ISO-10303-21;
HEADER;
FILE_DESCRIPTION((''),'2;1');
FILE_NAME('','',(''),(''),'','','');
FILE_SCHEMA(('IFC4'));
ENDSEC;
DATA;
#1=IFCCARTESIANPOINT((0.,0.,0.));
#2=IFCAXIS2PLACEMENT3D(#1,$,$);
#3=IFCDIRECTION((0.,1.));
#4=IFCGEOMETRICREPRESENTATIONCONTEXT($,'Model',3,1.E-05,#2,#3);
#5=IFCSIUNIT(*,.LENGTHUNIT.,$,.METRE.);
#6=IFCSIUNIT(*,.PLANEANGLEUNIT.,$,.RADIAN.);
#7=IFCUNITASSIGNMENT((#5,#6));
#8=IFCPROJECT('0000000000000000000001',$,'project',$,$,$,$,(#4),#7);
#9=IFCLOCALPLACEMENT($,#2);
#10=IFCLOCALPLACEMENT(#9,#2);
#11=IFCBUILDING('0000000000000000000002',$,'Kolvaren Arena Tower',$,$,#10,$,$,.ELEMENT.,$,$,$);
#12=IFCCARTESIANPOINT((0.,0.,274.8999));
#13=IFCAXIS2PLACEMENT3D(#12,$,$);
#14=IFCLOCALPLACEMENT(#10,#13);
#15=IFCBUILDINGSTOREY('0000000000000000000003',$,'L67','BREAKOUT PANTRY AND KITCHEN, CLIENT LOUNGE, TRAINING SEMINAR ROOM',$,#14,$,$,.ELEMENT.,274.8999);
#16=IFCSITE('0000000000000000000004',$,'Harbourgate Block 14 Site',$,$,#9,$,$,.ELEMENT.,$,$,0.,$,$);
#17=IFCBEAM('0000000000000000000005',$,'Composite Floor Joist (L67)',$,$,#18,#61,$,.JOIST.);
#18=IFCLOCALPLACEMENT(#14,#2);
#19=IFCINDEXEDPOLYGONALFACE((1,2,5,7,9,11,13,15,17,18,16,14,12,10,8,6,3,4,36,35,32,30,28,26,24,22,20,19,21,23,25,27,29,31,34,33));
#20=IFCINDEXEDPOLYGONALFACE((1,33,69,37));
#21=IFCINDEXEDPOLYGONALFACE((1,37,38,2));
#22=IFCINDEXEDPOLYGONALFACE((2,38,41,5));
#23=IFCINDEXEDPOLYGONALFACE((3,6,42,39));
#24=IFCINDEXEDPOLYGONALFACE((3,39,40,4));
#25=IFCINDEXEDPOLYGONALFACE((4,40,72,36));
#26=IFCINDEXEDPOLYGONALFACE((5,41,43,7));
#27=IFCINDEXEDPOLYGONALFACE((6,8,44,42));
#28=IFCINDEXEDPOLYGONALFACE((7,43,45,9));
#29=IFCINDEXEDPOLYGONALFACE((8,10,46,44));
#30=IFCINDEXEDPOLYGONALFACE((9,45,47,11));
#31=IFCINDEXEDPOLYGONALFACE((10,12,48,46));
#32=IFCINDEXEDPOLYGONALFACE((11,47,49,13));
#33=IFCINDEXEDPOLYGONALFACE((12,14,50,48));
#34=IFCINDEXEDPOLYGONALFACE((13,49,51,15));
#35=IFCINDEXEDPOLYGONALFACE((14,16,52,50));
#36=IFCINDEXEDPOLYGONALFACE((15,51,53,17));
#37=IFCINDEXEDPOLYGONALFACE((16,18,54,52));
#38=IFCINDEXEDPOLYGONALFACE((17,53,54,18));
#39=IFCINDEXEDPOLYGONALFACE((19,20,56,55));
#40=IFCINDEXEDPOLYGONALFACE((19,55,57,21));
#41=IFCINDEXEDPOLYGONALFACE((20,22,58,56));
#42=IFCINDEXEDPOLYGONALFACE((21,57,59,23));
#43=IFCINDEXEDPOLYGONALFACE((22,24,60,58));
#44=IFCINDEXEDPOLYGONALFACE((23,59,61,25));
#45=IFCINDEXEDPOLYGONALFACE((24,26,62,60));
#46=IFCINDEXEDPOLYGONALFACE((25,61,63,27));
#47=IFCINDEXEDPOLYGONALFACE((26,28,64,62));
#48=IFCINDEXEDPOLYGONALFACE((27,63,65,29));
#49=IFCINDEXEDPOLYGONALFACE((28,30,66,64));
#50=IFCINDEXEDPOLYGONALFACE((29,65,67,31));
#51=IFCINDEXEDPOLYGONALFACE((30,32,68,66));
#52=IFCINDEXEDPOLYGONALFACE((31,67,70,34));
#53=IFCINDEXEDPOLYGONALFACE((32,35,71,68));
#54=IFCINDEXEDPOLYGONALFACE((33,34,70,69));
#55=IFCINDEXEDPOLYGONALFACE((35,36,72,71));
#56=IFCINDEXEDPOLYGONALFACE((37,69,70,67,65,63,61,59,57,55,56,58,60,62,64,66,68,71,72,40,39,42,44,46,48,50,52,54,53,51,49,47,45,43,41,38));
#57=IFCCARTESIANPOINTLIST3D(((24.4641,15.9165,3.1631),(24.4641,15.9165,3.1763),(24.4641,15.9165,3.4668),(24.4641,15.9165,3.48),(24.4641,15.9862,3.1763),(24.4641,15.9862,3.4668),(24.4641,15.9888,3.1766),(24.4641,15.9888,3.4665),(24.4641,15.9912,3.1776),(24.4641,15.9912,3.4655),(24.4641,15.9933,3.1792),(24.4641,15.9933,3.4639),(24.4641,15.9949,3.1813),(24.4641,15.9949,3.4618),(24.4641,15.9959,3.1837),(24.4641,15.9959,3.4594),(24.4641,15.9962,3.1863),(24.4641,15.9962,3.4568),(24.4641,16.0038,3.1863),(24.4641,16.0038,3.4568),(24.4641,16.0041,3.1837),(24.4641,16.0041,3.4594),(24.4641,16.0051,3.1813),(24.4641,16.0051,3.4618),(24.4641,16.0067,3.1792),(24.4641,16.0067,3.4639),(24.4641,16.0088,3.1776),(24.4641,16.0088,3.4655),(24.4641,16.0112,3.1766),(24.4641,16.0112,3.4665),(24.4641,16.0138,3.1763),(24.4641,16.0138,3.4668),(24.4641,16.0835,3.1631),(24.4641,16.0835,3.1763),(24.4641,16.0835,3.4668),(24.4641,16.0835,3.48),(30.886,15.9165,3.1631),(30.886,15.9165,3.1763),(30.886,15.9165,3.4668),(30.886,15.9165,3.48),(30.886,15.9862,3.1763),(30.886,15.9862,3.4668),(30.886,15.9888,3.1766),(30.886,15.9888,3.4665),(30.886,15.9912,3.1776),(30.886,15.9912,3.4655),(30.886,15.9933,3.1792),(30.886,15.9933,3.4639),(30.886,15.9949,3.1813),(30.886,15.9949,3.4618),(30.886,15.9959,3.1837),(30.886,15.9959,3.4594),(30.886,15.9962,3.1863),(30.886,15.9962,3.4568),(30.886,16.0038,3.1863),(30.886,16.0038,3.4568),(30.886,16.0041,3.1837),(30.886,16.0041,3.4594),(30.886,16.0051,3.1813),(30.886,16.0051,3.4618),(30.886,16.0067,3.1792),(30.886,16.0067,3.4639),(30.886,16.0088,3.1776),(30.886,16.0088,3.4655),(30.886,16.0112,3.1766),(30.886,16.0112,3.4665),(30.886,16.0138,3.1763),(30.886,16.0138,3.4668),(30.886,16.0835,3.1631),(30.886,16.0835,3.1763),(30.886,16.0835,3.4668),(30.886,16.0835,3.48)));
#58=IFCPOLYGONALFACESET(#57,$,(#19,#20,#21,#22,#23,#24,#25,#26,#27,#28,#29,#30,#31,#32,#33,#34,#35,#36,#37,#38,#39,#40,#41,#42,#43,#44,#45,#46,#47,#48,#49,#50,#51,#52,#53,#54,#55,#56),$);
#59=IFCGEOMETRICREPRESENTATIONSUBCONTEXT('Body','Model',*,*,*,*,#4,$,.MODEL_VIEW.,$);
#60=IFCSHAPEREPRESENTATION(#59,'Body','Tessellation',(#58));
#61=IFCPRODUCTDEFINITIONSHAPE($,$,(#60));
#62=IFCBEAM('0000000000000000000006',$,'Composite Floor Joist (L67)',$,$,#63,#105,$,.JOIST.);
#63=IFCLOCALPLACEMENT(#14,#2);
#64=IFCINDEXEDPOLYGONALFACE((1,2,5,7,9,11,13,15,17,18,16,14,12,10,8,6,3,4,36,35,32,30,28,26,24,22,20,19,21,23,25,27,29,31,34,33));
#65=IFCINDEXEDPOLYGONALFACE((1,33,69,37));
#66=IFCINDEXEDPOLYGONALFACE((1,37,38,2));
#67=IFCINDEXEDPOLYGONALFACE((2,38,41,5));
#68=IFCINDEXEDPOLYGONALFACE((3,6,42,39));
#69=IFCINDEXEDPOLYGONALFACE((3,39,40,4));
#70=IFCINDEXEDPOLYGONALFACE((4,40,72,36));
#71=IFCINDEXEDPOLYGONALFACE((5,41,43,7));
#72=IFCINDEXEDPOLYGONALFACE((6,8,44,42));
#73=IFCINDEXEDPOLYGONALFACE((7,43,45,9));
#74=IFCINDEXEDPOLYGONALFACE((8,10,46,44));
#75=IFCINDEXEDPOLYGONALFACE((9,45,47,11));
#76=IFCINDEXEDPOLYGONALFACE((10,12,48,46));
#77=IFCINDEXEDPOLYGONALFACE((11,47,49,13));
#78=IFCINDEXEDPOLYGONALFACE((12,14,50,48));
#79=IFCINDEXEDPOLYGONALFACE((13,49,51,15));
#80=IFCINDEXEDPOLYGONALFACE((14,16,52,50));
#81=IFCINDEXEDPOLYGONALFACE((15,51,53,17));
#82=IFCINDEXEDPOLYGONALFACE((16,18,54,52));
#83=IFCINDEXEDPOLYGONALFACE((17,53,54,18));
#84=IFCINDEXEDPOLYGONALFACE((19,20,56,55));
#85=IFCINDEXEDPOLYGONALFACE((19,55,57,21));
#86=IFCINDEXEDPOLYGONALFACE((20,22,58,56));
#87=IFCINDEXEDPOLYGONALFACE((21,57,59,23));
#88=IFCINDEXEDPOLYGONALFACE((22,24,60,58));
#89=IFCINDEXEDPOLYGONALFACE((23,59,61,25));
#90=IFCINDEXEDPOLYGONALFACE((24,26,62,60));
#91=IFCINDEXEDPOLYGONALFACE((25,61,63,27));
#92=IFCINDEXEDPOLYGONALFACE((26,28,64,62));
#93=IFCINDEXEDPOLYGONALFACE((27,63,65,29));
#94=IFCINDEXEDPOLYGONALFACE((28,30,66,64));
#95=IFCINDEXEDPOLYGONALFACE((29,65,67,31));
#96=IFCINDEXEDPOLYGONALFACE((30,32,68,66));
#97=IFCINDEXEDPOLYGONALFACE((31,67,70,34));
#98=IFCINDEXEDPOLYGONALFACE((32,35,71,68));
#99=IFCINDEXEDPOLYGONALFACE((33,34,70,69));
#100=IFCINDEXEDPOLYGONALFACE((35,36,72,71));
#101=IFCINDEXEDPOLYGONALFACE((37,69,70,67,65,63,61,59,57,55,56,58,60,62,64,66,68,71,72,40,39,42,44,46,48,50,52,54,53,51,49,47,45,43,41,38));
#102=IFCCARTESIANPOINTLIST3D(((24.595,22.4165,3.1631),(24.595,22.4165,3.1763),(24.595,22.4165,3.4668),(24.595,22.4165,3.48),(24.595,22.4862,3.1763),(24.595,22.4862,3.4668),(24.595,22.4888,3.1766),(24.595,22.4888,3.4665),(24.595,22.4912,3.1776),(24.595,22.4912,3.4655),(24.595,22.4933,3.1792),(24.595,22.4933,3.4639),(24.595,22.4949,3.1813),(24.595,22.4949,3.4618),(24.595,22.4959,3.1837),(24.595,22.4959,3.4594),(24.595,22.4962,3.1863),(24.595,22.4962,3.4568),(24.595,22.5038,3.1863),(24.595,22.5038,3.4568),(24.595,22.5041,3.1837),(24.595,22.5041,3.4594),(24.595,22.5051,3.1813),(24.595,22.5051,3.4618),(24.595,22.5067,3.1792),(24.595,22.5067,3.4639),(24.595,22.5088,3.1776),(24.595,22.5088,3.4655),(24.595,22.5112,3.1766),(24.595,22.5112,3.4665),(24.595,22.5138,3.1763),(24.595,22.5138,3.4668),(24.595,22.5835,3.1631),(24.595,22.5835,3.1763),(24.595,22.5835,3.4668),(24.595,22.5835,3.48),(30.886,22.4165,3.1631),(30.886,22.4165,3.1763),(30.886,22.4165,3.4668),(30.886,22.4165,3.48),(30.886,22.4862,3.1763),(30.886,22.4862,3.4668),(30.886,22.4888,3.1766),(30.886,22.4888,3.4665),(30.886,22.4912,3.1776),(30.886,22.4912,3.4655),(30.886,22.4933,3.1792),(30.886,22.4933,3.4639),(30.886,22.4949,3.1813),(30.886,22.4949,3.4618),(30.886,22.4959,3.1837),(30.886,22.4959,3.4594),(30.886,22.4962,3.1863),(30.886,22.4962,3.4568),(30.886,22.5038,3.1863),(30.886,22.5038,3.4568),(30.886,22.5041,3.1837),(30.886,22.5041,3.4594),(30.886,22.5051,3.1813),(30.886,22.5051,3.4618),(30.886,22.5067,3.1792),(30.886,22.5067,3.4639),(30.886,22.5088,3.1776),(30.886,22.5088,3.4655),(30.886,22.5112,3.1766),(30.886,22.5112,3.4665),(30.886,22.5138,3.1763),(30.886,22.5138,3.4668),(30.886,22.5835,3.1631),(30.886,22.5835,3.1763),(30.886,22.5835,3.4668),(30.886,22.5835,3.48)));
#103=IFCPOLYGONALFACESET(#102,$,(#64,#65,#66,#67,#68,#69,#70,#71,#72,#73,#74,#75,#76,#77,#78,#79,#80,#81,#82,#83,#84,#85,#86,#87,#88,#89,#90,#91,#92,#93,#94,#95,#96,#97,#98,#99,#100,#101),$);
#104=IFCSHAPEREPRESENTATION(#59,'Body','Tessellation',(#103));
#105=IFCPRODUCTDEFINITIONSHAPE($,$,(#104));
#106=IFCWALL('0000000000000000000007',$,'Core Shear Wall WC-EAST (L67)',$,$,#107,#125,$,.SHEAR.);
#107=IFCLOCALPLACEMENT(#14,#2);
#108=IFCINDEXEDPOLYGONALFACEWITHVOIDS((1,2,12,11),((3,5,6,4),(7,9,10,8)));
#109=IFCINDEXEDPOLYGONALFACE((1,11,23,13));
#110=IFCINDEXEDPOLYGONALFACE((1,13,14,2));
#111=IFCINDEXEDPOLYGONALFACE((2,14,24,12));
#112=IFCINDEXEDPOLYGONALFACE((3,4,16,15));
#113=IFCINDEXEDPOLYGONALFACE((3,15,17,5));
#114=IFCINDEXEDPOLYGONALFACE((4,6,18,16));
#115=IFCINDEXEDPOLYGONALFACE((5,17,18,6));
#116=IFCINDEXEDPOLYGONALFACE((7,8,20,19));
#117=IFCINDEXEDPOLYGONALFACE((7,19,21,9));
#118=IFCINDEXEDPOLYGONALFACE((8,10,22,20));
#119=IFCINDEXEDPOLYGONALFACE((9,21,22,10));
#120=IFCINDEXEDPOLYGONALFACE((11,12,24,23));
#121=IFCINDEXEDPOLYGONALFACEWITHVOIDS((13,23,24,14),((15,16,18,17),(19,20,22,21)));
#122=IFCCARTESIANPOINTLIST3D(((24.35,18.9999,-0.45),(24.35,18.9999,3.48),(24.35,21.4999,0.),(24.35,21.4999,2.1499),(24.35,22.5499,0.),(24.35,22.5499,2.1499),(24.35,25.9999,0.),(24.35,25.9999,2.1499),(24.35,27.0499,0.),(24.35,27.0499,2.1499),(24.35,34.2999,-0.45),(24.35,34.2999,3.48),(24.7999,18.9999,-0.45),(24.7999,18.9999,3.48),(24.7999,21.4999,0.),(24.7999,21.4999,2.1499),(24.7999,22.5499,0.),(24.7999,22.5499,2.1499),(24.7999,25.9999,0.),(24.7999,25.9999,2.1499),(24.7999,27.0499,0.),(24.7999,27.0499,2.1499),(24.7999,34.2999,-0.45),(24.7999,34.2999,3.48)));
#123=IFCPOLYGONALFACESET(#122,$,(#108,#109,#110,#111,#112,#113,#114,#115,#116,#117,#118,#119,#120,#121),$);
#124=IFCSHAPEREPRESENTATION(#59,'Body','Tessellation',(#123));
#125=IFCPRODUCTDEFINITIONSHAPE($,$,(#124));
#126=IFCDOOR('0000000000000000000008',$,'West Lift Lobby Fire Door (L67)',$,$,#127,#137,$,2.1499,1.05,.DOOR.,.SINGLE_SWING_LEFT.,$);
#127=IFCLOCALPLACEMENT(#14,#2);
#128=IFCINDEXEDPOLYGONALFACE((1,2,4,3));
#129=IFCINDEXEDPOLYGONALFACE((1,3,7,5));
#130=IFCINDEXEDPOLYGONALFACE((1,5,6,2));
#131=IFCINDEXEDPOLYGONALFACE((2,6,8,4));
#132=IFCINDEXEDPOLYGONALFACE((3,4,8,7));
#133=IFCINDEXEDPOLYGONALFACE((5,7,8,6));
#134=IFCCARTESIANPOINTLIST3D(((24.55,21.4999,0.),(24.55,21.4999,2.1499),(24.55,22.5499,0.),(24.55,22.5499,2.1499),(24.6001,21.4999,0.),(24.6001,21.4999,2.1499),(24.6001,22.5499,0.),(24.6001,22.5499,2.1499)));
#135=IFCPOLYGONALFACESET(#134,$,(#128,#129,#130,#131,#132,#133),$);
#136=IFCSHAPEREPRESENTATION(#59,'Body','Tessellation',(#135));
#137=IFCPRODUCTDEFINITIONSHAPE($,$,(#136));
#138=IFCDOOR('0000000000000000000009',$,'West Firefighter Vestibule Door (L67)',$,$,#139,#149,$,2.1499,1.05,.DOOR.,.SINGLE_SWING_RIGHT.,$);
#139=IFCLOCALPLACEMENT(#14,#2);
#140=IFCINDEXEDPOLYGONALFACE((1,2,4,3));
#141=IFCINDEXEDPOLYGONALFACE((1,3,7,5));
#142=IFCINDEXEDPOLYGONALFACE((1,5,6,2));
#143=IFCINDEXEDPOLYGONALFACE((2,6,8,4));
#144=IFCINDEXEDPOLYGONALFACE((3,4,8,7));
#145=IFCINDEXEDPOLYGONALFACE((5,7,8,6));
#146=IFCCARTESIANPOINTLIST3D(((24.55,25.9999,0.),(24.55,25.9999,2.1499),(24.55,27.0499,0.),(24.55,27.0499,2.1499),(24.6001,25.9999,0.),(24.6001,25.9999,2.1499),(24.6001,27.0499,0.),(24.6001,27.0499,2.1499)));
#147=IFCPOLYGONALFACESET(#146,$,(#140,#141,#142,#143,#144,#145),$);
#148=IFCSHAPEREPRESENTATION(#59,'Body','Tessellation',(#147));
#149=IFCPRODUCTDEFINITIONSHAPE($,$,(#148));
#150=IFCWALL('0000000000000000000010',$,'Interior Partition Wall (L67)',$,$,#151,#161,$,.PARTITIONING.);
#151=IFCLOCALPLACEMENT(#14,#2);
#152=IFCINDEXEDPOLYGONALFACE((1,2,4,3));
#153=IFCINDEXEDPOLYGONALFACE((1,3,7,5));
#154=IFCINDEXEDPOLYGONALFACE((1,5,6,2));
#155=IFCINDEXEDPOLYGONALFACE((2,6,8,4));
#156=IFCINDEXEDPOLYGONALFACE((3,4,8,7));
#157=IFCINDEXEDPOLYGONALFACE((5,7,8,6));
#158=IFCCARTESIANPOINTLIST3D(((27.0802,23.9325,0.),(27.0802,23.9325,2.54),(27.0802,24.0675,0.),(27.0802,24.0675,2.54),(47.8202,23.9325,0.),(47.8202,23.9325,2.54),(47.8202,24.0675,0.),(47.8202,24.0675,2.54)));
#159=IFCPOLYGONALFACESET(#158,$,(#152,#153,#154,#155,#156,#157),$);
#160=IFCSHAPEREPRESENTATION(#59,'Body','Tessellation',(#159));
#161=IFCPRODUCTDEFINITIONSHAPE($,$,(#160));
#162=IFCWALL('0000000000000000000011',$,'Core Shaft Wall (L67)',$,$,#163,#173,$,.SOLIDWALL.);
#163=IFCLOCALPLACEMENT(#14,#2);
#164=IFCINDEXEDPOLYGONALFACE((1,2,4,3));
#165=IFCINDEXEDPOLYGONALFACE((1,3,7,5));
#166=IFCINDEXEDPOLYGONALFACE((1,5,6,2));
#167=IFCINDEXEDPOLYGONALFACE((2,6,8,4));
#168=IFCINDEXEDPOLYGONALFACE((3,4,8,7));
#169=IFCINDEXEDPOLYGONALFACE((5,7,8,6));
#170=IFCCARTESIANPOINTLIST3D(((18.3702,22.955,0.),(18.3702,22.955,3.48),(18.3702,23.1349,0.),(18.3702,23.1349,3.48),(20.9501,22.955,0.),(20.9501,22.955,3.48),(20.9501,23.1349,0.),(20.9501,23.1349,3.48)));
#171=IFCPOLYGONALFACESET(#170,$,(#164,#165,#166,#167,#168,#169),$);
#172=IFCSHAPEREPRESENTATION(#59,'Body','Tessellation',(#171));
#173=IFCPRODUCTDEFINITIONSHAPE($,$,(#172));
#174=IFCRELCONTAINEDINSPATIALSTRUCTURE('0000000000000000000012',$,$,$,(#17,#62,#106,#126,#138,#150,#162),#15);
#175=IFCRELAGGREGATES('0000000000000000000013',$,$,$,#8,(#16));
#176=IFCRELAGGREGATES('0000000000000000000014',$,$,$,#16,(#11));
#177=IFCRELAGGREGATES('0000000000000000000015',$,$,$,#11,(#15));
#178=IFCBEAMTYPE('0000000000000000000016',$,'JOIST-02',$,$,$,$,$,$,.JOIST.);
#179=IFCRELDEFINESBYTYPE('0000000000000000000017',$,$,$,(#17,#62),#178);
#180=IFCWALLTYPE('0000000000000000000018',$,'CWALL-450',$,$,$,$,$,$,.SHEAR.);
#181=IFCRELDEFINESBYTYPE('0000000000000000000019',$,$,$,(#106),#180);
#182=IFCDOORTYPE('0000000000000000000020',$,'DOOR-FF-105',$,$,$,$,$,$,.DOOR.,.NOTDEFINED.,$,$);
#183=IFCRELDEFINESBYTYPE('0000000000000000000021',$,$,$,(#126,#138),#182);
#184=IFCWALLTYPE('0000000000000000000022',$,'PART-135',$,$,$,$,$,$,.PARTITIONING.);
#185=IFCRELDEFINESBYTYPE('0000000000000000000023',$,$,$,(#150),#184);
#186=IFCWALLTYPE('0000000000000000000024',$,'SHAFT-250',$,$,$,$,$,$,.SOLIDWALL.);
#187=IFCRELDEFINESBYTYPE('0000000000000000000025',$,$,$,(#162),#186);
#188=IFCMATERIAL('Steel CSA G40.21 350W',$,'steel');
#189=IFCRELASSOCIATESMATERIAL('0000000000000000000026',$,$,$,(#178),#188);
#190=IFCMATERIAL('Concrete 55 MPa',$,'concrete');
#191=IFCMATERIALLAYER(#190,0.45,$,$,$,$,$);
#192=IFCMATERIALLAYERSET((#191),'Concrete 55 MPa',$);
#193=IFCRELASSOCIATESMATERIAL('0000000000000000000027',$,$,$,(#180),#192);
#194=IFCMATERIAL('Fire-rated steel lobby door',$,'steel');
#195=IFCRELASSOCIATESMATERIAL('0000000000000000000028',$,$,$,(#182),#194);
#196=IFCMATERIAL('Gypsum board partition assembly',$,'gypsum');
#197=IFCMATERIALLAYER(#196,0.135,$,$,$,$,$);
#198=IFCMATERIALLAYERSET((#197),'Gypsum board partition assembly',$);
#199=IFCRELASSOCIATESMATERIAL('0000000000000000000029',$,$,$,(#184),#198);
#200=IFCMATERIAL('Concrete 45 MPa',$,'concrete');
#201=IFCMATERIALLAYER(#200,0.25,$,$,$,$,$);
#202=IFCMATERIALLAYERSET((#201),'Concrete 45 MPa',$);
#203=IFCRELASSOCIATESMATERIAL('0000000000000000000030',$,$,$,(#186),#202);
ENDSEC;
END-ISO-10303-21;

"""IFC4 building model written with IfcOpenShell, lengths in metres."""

from ifc_helpers import new_model, si_unit, direction, frame, frame_2d, origin, origin_2d, place, context, subcontext, project, spatial, rectangle, i_section, extrude, material, layer, layer_set, material_profile, profile_set, type_object, element, fill, save


model = new_model("IFC4")

# Units and contexts
model_context = context("Model", 3, precision=1e-05, world=origin(), true_north=direction((0.0, 1.0)))
body_context = subcontext(model_context, "Body", "Model", "MODEL_VIEW")
ifc_project = project(units=[si_unit("LENGTHUNIT", "METRE"), si_unit("PLANEANGLEUNIT", "RADIAN")], contexts=[model_context])

# Site, building, storey
site_placement = place(None, origin())
site = spatial("IfcSite", under=ifc_project, at=site_placement, Name="Harbourgate Block 14 Site", CompositionType="ELEMENT", RefElevation=0.0)
building_placement = place(site_placement, origin())
building = spatial("IfcBuilding", under=site, at=building_placement, Name="Kolvaren Arena Tower", CompositionType="ELEMENT")
storey_placement = place(building_placement, frame((0.0, 0.0, 274.8999)))
storey = spatial("IfcBuildingStorey", under=building, at=storey_placement, Name="L67", Description="BREAKOUT PANTRY AND KITCHEN, CLIENT LOUNGE, TRAINING SEMINAR ROOM", CompositionType="ELEMENT", Elevation=274.8999)

# Beams
ifc_material_1 = material(Name="Steel CSA G40.21 350W", Category="steel")
ifc_material_profile_1 = material_profile(ifc_material_1, i_section(OverallWidth=0.167, OverallDepth=0.3169, WebThickness=0.0076, FlangeThickness=0.0132, FilletRadius=0.01, at=origin_2d()), Name="W310x52")
ifc_profile_set_1 = profile_set([ifc_material_profile_1], Name="Steel CSA G40.21 350W")
beam_type_1 = type_object("IfcBeamType", Name="JOIST-02", PredefinedType="JOIST", material=ifc_profile_set_1)
beam_1_placement = place(storey_placement, frame((24.4641, 16.0, 3.3215), z_axis=(1.0, 0.0, 0.0), x_axis=(0.0, 1.0, 0.0)))
element("IfcBeam", 1, at=beam_1_placement, inside=storey, type_object=beam_type_1, Name="Composite Floor Joist (L67)", PredefinedType="JOIST", context=body_context, shape_type="SweptSolid", body=[
    extrude(i_section(OverallWidth=0.167, OverallDepth=0.3169, WebThickness=0.0076, FlangeThickness=0.0132, FilletRadius=0.01, at=origin_2d()), origin(), (0.0, 0.0, 1.0), 6.4219),
])
beam_2_placement = place(storey_placement, frame((24.595, 22.5, 3.3215), z_axis=(1.0, 0.0, 0.0), x_axis=(0.0, 1.0, 0.0)))
element("IfcBeam", 2, at=beam_2_placement, inside=storey, type_object=beam_type_1, Name="Composite Floor Joist (L67)", PredefinedType="JOIST", context=body_context, shape_type="SweptSolid", body=[
    extrude(i_section(OverallWidth=0.167, OverallDepth=0.3169, WebThickness=0.0076, FlangeThickness=0.0132, FilletRadius=0.01, at=origin_2d()), origin(), (0.0, 0.0, 1.0), 6.291),
])

# Wall, openings, doors
ifc_material_2 = material(Name="Concrete 55 MPa", Category="concrete")
ifc_layer_1 = layer(ifc_material_2, 0.45)
ifc_layer_set_1 = layer_set([ifc_layer_1], Name="Concrete 55 MPa")
wall_type_1 = type_object("IfcWallType", Name="CWALL-450", PredefinedType="SHEAR", material=ifc_layer_set_1)
wall_1_placement = place(storey_placement, frame((24.575, 19.0, -0.45), z_axis=(0.0, 0.0, 1.0), x_axis=(0.0, 1.0, 0.0)))
wall_1 = element("IfcWall", 3, at=wall_1_placement, inside=storey, type_object=wall_type_1, Name="Core Shear Wall WC-EAST (L67)", PredefinedType="SHEAR", context=body_context, shape_type="SweptSolid", body=[
    extrude(rectangle(XDim=15.3, YDim=0.45, at=frame_2d((7.6499, 0.0))), origin(), (0.0, 0.0, 1.0), 3.9299),
])
opening_1_placement = place(wall_1_placement, frame((2.5, 0.0, 0.45)))
opening_1 = element("IfcOpeningElement", 4, at=opening_1_placement, cuts=wall_1, PredefinedType="OPENING", context=body_context, shape_type="SweptSolid", body=[
    extrude(rectangle(XDim=1.05, YDim=2.1499, at=frame_2d((0.5249, 1.075))), frame((0.0, 0.2349, 0.0), z_axis=(0.0, -1.0, 0.0), x_axis=(1.0, 0.0, 0.0)), (0.0, 0.0, 1.0), 0.47),
])
opening_2_placement = place(wall_1_placement, frame((7.0, 0.0, 0.45)))
opening_2 = element("IfcOpeningElement", 5, at=opening_2_placement, cuts=wall_1, PredefinedType="OPENING", context=body_context, shape_type="SweptSolid", body=[
    extrude(rectangle(XDim=1.05, YDim=2.1499, at=frame_2d((0.5249, 1.075))), frame((0.0, 0.2349, 0.0), z_axis=(0.0, -1.0, 0.0), x_axis=(1.0, 0.0, 0.0)), (0.0, 0.0, 1.0), 0.47),
])
ifc_material_3 = material(Name="Fire-rated steel lobby door", Category="steel")
door_type = type_object("IfcDoorType", Name="DOOR-FF-105", OperationType="NOTDEFINED", PredefinedType="DOOR", material=ifc_material_3)
door_1_placement = place(opening_1_placement, origin())
door_1 = element("IfcDoor", 6, at=door_1_placement, inside=storey, type_object=door_type, Name="West Lift Lobby Fire Door (L67)", OperationType="SINGLE_SWING_LEFT", OverallHeight=2.1499, OverallWidth=1.05, PredefinedType="DOOR", context=body_context, shape_type="SweptSolid", body=[
    extrude(rectangle(XDim=1.05, YDim=2.1499, at=frame_2d((0.5249, 1.075))), frame((0.0, 0.0249, 0.0), z_axis=(0.0, -1.0, 0.0), x_axis=(1.0, 0.0, 0.0)), (0.0, 0.0, 1.0), 0.05),
])
fill(opening_1, door_1)
door_2_placement = place(opening_2_placement, origin())
door_2 = element("IfcDoor", 7, at=door_2_placement, inside=storey, type_object=door_type, Name="West Firefighter Vestibule Door (L67)", OperationType="SINGLE_SWING_RIGHT", OverallHeight=2.1499, OverallWidth=1.05, PredefinedType="DOOR", context=body_context, shape_type="SweptSolid", body=[
    extrude(rectangle(XDim=1.05, YDim=2.1499, at=frame_2d((0.5249, 1.075))), frame((0.0, 0.0249, 0.0), z_axis=(0.0, -1.0, 0.0), x_axis=(1.0, 0.0, 0.0)), (0.0, 0.0, 1.0), 0.05),
])
fill(opening_2, door_2)

# Walls
ifc_material_4 = material(Name="Gypsum board partition assembly", Category="gypsum")
ifc_layer_2 = layer(ifc_material_4, 0.135)
ifc_layer_set_2 = layer_set([ifc_layer_2], Name="Gypsum board partition assembly")
wall_type_2 = type_object("IfcWallType", Name="PART-135", PredefinedType="PARTITIONING", material=ifc_layer_set_2)
wall_2_placement = place(storey_placement, frame((27.0801, 24.0, 0.0), z_axis=(0.0, 0.0, 1.0), x_axis=(1.0, 0.0, 0.0)))
element("IfcWall", 8, at=wall_2_placement, inside=storey, type_object=wall_type_2, Name="Interior Partition Wall (L67)", PredefinedType="PARTITIONING", context=body_context, shape_type="SweptSolid", body=[
    extrude(rectangle(XDim=20.74, YDim=0.135, at=frame_2d((10.3701, 0.0))), origin(), (0.0, 0.0, 1.0), 2.54),
])
ifc_material_5 = material(Name="Concrete 45 MPa", Category="concrete")
ifc_layer_3 = layer(ifc_material_5, 0.25)
ifc_layer_set_3 = layer_set([ifc_layer_3], Name="Concrete 45 MPa")
wall_type_3 = type_object("IfcWallType", Name="SHAFT-250", PredefinedType="SOLIDWALL", material=ifc_layer_set_3)
wall_3_placement = place(storey_placement, frame((18.3701, 23.0449, 0.0), z_axis=(0.0, 0.0, 1.0), x_axis=(1.0, 0.0, 0.0)))
element("IfcWall", 9, at=wall_3_placement, inside=storey, type_object=wall_type_3, Name="Core Shaft Wall (L67)", PredefinedType="SOLIDWALL", context=body_context, shape_type="SweptSolid", body=[
    extrude(rectangle(XDim=2.5798, YDim=0.1799, at=frame_2d((1.29, 0.0))), origin(), (0.0, 0.0, 1.0), 3.48),
])

save(model, "model.ifc")
